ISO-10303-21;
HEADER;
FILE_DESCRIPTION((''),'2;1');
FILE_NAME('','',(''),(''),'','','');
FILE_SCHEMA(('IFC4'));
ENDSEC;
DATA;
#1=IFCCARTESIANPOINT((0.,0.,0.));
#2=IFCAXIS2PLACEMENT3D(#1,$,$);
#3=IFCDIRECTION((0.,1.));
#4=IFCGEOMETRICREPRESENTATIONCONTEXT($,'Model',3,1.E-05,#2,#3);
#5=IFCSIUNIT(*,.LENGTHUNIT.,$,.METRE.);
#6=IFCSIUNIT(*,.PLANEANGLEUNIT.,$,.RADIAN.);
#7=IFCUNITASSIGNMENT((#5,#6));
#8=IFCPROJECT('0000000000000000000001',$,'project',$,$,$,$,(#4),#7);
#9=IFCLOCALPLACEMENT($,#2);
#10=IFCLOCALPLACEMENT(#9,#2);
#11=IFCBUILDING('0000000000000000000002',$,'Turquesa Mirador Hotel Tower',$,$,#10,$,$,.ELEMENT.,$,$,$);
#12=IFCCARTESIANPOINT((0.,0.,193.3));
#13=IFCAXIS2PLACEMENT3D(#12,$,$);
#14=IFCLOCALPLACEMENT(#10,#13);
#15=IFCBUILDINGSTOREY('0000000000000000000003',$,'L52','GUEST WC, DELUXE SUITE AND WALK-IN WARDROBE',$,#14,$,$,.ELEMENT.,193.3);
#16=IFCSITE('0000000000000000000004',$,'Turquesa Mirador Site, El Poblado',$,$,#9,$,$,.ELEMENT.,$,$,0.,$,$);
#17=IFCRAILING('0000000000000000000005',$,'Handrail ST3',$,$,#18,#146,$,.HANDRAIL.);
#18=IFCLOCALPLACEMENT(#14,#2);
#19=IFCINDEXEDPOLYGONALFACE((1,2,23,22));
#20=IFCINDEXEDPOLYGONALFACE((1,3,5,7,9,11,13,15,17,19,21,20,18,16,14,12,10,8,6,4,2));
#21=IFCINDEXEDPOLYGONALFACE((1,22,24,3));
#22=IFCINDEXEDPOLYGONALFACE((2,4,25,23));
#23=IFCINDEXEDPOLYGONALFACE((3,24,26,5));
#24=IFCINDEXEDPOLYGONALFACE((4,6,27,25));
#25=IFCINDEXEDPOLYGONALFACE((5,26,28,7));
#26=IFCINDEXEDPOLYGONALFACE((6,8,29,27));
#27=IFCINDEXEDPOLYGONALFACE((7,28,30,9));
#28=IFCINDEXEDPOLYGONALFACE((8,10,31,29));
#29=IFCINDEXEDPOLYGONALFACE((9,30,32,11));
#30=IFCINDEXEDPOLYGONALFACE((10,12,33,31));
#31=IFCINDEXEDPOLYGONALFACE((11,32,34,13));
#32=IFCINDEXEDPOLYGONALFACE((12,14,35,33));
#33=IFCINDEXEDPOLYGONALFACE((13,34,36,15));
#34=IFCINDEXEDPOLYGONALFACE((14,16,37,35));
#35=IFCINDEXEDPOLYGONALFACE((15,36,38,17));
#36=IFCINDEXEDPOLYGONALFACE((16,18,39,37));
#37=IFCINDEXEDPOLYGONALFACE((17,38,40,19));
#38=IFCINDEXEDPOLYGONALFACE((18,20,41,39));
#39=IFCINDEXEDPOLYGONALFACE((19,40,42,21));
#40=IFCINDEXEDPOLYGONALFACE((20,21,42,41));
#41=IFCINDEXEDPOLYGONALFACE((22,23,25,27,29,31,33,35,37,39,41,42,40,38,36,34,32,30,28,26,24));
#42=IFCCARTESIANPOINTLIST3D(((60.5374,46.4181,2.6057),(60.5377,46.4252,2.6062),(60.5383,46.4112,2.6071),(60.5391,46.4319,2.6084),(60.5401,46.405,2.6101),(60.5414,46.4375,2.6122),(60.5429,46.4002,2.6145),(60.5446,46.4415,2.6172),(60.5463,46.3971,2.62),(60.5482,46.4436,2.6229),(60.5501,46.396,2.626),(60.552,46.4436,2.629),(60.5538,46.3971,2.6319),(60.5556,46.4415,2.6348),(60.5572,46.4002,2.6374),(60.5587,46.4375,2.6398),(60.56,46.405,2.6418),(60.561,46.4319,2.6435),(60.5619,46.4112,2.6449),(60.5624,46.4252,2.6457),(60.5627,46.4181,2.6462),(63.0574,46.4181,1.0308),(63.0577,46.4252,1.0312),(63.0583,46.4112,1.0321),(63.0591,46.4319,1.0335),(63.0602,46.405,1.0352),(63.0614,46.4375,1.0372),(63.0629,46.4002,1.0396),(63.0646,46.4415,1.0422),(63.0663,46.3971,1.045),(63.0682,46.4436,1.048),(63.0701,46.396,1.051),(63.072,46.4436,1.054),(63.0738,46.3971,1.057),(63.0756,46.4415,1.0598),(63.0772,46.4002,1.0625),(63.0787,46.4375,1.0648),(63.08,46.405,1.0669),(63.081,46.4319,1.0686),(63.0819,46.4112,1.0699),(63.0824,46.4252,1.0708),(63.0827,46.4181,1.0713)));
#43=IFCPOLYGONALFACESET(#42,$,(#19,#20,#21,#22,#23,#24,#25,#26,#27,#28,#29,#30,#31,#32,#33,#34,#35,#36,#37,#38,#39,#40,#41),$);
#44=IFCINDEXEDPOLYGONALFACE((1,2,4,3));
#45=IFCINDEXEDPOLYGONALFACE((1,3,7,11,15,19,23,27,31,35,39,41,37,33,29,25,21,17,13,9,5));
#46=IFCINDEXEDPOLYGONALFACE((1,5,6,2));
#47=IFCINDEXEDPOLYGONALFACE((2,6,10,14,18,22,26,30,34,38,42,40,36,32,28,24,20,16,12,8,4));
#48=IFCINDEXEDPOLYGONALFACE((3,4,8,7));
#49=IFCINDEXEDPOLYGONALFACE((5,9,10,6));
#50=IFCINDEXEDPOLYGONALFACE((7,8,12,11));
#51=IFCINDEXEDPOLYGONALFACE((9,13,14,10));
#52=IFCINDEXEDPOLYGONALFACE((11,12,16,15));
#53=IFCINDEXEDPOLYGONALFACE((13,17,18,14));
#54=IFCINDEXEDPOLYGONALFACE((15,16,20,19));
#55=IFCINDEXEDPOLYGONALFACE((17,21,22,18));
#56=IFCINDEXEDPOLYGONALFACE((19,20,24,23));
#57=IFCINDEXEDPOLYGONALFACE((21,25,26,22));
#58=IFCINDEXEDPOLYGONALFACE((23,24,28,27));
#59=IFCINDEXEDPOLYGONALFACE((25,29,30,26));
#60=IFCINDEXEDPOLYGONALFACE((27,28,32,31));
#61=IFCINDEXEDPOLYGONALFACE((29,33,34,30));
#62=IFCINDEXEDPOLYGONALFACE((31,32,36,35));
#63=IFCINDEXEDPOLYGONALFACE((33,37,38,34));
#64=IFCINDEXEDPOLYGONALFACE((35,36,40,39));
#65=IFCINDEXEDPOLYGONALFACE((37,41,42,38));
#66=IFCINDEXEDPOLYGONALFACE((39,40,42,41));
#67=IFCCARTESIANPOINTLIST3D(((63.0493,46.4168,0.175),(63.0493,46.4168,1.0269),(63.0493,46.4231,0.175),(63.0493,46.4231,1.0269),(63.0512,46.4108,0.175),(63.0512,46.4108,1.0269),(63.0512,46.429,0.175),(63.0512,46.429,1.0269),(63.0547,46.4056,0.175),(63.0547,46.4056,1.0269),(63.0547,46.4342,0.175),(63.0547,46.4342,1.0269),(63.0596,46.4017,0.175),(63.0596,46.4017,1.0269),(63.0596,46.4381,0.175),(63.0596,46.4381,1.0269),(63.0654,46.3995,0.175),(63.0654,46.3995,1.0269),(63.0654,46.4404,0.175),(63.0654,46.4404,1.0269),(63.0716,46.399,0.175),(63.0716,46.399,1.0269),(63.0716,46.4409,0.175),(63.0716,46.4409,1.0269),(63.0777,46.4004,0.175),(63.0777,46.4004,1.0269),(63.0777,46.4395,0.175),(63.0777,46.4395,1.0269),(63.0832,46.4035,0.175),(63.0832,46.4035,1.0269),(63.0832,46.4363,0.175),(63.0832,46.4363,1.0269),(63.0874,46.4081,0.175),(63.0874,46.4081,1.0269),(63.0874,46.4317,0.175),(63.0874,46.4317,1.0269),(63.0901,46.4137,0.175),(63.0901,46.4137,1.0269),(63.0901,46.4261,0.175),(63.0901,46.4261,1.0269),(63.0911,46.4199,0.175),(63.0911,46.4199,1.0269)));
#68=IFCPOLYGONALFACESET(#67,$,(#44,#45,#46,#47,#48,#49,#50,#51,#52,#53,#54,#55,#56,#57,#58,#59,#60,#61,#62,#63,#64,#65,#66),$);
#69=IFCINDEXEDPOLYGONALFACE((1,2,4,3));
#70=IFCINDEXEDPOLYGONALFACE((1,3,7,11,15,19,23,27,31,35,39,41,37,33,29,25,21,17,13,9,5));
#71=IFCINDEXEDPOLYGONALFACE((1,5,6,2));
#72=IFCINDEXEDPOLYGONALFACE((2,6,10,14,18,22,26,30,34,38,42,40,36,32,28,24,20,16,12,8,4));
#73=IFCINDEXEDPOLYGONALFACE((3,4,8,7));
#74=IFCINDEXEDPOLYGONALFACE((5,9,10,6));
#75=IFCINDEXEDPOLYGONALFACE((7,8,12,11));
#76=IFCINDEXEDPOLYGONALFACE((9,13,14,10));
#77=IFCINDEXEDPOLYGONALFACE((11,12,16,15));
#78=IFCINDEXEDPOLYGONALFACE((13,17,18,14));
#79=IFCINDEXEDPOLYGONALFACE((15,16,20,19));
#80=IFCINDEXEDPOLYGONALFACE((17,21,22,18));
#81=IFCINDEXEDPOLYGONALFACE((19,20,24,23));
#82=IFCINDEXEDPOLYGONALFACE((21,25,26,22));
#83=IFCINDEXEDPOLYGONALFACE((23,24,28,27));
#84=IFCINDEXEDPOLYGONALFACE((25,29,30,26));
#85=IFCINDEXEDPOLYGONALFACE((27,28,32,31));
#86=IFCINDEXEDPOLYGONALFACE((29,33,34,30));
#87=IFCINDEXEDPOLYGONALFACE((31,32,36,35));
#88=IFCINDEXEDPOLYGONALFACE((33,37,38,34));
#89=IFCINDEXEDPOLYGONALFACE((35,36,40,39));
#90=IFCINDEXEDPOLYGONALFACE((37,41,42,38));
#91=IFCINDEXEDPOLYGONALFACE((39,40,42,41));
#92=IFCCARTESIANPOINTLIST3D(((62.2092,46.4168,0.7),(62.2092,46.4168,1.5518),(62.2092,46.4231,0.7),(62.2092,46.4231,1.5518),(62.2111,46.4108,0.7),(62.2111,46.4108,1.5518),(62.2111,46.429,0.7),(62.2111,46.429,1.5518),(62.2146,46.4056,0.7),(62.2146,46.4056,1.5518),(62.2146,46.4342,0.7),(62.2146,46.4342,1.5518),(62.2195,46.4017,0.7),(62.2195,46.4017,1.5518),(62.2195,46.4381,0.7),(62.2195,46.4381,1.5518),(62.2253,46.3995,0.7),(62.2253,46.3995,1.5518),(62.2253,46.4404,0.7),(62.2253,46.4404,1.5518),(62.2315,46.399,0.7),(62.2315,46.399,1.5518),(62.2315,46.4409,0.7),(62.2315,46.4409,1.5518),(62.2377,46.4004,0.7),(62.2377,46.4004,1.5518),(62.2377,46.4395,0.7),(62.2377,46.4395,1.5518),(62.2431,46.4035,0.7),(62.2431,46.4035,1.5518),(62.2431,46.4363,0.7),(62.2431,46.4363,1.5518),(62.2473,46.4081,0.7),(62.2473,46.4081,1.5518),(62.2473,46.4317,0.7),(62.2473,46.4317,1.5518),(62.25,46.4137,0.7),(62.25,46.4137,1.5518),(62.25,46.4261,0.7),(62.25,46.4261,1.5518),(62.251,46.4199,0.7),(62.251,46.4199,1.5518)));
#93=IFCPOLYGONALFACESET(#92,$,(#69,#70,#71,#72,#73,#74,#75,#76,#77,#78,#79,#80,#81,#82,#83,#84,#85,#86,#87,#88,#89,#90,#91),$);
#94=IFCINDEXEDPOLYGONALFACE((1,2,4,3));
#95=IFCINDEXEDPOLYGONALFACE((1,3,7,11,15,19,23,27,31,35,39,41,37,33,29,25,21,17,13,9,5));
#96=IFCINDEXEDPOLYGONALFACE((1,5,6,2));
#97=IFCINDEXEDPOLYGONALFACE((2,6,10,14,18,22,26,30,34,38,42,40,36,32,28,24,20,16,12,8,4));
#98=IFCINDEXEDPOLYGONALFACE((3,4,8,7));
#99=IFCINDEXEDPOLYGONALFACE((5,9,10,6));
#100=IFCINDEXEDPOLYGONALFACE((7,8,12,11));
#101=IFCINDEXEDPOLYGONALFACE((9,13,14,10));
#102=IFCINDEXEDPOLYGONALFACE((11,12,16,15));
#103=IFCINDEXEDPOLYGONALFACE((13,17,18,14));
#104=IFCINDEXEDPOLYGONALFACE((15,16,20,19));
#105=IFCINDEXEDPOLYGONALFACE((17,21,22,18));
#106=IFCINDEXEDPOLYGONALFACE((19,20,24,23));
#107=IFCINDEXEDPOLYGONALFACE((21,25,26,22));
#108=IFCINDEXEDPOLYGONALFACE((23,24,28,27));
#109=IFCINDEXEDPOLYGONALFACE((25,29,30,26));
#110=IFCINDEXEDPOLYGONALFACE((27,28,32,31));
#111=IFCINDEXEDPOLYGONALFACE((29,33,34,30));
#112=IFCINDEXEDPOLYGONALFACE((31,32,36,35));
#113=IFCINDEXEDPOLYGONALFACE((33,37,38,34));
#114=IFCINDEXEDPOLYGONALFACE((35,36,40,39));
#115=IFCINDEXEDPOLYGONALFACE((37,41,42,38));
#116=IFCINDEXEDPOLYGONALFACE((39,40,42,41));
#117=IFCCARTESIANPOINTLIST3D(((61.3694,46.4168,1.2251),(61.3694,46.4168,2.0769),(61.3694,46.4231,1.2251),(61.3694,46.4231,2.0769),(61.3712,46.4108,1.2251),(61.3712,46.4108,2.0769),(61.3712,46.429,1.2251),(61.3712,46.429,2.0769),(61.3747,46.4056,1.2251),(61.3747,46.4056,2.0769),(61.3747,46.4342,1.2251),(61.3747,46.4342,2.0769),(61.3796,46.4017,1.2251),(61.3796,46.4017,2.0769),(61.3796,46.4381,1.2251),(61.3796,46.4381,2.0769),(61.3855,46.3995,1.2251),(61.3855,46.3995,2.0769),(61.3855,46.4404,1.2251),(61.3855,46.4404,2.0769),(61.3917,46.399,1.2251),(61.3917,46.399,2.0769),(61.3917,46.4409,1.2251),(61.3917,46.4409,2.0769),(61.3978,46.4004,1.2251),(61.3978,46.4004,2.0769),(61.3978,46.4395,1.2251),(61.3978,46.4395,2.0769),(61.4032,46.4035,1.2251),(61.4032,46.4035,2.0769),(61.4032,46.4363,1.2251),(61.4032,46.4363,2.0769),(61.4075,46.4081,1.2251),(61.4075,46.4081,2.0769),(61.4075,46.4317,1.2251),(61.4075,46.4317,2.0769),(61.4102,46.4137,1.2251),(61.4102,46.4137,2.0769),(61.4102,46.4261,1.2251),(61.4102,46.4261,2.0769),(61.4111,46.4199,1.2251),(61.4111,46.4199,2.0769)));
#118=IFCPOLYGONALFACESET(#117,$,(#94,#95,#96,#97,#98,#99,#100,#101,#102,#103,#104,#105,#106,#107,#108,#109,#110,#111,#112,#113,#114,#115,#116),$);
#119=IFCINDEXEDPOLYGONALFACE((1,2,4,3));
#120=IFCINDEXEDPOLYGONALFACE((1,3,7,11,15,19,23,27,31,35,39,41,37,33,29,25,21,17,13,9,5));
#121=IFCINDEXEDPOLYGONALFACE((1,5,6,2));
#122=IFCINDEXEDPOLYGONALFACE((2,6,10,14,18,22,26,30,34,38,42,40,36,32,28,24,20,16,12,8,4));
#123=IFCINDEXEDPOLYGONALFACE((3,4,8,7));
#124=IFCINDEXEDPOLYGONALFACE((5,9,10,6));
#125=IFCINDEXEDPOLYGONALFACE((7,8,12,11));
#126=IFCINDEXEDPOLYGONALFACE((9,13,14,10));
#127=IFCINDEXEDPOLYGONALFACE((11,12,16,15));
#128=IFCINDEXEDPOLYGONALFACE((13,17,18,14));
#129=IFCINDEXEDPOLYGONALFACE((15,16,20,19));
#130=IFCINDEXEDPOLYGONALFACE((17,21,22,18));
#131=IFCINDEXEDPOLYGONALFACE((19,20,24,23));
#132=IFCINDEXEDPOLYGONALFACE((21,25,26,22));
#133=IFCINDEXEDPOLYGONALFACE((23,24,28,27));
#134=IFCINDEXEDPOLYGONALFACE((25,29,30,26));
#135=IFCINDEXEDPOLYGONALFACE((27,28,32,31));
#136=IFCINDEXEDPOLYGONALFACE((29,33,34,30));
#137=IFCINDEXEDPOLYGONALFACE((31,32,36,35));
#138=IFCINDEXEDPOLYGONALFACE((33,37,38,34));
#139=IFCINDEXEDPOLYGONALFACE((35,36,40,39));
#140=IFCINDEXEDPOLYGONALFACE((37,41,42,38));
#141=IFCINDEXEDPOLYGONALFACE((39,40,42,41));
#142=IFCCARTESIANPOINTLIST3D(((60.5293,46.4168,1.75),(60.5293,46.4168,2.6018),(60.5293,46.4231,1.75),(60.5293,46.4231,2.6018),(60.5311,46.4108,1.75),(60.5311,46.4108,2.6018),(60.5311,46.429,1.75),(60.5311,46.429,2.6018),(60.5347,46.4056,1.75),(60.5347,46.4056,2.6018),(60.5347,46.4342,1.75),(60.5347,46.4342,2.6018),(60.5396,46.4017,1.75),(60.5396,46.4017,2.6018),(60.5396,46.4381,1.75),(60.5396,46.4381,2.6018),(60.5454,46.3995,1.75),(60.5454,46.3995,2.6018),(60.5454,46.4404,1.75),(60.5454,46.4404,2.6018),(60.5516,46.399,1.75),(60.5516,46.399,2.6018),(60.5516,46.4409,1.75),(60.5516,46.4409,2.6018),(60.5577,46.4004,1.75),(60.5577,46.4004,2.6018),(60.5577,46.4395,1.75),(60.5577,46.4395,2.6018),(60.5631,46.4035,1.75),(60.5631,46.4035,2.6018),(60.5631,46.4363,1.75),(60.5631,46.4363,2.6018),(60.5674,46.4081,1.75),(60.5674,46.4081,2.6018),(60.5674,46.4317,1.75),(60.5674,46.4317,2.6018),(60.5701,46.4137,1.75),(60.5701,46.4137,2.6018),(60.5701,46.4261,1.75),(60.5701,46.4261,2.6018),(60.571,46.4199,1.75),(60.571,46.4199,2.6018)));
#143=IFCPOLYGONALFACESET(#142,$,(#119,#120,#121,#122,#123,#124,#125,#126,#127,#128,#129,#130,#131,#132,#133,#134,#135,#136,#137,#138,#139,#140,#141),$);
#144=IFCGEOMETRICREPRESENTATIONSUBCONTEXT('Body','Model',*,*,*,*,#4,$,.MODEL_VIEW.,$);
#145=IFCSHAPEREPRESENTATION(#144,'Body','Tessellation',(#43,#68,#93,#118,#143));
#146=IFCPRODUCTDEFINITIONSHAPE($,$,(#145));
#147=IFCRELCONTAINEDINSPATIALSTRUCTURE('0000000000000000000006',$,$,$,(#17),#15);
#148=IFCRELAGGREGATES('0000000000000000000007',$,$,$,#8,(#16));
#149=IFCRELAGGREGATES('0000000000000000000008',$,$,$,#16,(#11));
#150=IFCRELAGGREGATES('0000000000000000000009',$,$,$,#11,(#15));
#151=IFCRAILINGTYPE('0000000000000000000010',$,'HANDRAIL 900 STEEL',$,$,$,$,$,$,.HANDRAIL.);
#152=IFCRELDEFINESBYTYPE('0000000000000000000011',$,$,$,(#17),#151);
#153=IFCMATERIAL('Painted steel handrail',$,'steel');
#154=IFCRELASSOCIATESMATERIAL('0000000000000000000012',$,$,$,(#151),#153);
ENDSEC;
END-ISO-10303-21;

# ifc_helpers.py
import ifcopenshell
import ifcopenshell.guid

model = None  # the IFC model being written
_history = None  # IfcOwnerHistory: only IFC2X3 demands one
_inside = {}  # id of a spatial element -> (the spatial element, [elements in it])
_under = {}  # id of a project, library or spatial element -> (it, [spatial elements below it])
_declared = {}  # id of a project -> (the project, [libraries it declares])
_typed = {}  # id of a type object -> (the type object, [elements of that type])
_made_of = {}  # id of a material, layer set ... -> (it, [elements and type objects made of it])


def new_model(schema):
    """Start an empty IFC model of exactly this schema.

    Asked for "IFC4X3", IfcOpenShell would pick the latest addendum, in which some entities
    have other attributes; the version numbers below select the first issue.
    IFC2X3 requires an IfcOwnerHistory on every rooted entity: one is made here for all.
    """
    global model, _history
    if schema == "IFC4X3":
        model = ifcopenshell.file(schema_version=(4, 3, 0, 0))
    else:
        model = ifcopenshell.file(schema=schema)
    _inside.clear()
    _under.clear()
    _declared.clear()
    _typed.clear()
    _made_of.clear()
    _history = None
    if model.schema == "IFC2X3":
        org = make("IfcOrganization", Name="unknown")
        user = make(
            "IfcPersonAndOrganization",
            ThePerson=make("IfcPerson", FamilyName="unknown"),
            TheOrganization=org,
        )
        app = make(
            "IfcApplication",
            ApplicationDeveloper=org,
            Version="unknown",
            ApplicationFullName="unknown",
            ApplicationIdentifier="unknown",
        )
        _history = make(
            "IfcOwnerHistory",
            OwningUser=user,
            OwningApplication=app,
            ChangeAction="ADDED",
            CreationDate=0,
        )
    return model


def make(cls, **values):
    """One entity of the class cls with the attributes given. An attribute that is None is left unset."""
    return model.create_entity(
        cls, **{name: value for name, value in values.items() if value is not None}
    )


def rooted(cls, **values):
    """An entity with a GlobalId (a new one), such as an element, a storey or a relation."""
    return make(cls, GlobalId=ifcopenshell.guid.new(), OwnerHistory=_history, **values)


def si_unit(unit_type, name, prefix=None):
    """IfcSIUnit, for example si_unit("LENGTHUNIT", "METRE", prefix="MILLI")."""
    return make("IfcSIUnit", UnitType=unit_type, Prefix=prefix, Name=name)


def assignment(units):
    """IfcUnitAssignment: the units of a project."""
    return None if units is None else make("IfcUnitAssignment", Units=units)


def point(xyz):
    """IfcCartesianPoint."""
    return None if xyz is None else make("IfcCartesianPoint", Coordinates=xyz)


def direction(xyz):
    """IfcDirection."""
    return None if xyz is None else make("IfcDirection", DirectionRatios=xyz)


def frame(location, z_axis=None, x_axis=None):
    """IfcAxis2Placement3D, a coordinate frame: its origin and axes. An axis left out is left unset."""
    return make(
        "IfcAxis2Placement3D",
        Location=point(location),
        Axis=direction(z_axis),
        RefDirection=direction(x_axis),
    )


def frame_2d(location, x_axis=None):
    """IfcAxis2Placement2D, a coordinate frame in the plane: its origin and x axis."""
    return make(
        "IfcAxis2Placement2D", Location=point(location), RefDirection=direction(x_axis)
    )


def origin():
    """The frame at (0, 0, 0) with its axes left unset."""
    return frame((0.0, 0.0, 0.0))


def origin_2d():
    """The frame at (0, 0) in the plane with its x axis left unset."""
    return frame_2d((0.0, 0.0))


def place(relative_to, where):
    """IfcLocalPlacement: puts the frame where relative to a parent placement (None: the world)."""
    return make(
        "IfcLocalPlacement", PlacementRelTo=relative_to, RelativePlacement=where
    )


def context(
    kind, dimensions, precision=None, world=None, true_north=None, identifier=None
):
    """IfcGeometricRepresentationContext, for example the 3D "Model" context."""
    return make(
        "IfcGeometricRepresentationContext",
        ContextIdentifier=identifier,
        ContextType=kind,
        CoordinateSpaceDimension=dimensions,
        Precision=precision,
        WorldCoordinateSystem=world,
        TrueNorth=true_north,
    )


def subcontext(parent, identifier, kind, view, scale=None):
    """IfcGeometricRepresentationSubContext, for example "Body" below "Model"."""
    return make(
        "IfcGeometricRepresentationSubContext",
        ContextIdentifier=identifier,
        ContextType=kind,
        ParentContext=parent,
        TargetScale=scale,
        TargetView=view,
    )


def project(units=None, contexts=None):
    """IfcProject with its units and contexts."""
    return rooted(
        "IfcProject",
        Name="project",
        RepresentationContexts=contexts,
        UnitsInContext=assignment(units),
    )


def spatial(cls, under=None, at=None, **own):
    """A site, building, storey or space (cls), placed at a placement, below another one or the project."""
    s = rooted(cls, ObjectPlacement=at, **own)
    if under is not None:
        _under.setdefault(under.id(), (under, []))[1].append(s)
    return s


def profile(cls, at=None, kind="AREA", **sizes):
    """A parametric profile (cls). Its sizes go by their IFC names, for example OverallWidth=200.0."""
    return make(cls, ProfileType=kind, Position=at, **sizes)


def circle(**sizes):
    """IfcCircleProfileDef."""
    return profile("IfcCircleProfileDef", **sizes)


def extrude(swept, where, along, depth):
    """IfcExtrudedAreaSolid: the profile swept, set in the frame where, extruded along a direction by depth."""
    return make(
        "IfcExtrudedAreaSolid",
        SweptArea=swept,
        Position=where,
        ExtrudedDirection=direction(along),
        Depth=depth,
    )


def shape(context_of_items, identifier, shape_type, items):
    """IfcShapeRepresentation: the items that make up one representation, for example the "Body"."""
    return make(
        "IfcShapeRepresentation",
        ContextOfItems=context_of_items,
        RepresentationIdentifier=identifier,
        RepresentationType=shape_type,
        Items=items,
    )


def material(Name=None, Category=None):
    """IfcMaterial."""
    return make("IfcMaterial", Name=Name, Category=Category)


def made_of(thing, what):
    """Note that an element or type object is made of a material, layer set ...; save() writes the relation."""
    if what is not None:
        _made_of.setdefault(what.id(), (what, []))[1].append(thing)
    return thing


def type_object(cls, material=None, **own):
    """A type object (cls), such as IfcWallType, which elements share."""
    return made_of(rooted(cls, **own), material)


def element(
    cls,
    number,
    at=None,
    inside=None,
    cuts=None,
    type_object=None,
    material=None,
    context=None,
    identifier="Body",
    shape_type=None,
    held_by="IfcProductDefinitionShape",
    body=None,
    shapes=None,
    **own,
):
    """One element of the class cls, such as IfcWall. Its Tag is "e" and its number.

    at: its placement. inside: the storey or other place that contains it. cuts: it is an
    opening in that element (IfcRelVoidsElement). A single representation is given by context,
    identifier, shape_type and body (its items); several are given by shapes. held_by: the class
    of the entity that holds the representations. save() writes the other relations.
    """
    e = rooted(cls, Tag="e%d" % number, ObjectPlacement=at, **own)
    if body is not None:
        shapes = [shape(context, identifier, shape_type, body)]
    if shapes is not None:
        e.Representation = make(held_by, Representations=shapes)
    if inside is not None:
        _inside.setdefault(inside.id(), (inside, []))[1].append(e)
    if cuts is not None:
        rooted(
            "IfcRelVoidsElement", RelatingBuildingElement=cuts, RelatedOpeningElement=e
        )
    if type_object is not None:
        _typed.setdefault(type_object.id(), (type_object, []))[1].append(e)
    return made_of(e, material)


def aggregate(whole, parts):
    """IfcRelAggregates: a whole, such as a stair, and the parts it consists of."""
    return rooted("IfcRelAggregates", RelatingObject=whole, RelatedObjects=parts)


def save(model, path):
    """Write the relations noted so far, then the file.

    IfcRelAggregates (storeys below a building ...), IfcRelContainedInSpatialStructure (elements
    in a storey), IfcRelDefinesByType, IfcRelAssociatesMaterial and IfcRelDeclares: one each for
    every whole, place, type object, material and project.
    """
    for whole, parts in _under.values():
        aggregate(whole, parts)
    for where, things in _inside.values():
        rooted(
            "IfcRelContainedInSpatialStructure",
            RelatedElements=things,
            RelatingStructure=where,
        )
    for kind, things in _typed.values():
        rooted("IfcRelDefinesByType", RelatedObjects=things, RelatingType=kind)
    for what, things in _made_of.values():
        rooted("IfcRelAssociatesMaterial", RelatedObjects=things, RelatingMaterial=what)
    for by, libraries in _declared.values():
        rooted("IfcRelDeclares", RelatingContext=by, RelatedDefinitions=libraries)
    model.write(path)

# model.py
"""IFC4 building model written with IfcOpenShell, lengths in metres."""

from ifc_helpers import new_model, si_unit, direction, frame, origin, origin_2d, place, context, subcontext, project, spatial, circle, extrude, material, type_object, element, save


model = new_model("IFC4")

# Units and contexts
model_context = context("Model", 3, precision=1e-05, world=origin(), true_north=direction((0.0, 1.0)))
body_context = subcontext(model_context, "Body", "Model", "MODEL_VIEW")
ifc_project = project(units=[si_unit("LENGTHUNIT", "METRE"), si_unit("PLANEANGLEUNIT", "RADIAN")], contexts=[model_context])

# Site, building, storey
site_placement = place(None, origin())
site = spatial("IfcSite", under=ifc_project, at=site_placement, Name="Turquesa Mirador Site, El Poblado", CompositionType="ELEMENT", RefElevation=0.0)
building_placement = place(site_placement, origin())
building = spatial("IfcBuilding", under=site, at=building_placement, Name="Turquesa Mirador Hotel Tower", CompositionType="ELEMENT")
storey_placement = place(building_placement, frame((0.0, 0.0, 193.3)))
storey = spatial("IfcBuildingStorey", under=building, at=storey_placement, Name="L52", Description="GUEST WC, DELUXE SUITE AND WALK-IN WARDROBE", CompositionType="ELEMENT", Elevation=193.3)

# Railing
ifc_material_1 = material(Name="Painted steel handrail", Category="steel")
railing_type = type_object("IfcRailingType", Name="HANDRAIL 900 STEEL", PredefinedType="HANDRAIL", material=ifc_material_1)
railing_1_placement = place(storey_placement, frame((63.0701, 46.4199, 0.175)))
element("IfcRailing", 1, at=railing_1_placement, inside=storey, type_object=railing_type, Name="Handrail ST3", PredefinedType="HANDRAIL", context=body_context, shape_type="SweptSolid", body=[
    extrude(circle(Radius=0.0239, at=origin_2d()), frame((0.0, 0.0, 0.876), z_axis=(-0.848008, 0.0, 0.529984), x_axis=(0.0, -1.0, 0.0)), (0.0, 0.0, 1.0), 2.9717),
    extrude(circle(Radius=0.021, at=origin_2d()), origin(), (0.0, 0.0, 1.0), 0.8518),
    extrude(circle(Radius=0.021, at=origin_2d()), frame((-0.8401, 0.0, 0.5249)), (0.0, 0.0, 1.0), 0.8518),
    extrude(circle(Radius=0.021, at=origin_2d()), frame((-1.6799, 0.0, 1.05)), (0.0, 0.0, 1.0), 0.8518),
    extrude(circle(Radius=0.021, at=origin_2d()), frame((-2.52, 0.0, 1.575)), (0.0, 0.0, 1.0), 0.8518),
])

save(model, "model.ifc")
